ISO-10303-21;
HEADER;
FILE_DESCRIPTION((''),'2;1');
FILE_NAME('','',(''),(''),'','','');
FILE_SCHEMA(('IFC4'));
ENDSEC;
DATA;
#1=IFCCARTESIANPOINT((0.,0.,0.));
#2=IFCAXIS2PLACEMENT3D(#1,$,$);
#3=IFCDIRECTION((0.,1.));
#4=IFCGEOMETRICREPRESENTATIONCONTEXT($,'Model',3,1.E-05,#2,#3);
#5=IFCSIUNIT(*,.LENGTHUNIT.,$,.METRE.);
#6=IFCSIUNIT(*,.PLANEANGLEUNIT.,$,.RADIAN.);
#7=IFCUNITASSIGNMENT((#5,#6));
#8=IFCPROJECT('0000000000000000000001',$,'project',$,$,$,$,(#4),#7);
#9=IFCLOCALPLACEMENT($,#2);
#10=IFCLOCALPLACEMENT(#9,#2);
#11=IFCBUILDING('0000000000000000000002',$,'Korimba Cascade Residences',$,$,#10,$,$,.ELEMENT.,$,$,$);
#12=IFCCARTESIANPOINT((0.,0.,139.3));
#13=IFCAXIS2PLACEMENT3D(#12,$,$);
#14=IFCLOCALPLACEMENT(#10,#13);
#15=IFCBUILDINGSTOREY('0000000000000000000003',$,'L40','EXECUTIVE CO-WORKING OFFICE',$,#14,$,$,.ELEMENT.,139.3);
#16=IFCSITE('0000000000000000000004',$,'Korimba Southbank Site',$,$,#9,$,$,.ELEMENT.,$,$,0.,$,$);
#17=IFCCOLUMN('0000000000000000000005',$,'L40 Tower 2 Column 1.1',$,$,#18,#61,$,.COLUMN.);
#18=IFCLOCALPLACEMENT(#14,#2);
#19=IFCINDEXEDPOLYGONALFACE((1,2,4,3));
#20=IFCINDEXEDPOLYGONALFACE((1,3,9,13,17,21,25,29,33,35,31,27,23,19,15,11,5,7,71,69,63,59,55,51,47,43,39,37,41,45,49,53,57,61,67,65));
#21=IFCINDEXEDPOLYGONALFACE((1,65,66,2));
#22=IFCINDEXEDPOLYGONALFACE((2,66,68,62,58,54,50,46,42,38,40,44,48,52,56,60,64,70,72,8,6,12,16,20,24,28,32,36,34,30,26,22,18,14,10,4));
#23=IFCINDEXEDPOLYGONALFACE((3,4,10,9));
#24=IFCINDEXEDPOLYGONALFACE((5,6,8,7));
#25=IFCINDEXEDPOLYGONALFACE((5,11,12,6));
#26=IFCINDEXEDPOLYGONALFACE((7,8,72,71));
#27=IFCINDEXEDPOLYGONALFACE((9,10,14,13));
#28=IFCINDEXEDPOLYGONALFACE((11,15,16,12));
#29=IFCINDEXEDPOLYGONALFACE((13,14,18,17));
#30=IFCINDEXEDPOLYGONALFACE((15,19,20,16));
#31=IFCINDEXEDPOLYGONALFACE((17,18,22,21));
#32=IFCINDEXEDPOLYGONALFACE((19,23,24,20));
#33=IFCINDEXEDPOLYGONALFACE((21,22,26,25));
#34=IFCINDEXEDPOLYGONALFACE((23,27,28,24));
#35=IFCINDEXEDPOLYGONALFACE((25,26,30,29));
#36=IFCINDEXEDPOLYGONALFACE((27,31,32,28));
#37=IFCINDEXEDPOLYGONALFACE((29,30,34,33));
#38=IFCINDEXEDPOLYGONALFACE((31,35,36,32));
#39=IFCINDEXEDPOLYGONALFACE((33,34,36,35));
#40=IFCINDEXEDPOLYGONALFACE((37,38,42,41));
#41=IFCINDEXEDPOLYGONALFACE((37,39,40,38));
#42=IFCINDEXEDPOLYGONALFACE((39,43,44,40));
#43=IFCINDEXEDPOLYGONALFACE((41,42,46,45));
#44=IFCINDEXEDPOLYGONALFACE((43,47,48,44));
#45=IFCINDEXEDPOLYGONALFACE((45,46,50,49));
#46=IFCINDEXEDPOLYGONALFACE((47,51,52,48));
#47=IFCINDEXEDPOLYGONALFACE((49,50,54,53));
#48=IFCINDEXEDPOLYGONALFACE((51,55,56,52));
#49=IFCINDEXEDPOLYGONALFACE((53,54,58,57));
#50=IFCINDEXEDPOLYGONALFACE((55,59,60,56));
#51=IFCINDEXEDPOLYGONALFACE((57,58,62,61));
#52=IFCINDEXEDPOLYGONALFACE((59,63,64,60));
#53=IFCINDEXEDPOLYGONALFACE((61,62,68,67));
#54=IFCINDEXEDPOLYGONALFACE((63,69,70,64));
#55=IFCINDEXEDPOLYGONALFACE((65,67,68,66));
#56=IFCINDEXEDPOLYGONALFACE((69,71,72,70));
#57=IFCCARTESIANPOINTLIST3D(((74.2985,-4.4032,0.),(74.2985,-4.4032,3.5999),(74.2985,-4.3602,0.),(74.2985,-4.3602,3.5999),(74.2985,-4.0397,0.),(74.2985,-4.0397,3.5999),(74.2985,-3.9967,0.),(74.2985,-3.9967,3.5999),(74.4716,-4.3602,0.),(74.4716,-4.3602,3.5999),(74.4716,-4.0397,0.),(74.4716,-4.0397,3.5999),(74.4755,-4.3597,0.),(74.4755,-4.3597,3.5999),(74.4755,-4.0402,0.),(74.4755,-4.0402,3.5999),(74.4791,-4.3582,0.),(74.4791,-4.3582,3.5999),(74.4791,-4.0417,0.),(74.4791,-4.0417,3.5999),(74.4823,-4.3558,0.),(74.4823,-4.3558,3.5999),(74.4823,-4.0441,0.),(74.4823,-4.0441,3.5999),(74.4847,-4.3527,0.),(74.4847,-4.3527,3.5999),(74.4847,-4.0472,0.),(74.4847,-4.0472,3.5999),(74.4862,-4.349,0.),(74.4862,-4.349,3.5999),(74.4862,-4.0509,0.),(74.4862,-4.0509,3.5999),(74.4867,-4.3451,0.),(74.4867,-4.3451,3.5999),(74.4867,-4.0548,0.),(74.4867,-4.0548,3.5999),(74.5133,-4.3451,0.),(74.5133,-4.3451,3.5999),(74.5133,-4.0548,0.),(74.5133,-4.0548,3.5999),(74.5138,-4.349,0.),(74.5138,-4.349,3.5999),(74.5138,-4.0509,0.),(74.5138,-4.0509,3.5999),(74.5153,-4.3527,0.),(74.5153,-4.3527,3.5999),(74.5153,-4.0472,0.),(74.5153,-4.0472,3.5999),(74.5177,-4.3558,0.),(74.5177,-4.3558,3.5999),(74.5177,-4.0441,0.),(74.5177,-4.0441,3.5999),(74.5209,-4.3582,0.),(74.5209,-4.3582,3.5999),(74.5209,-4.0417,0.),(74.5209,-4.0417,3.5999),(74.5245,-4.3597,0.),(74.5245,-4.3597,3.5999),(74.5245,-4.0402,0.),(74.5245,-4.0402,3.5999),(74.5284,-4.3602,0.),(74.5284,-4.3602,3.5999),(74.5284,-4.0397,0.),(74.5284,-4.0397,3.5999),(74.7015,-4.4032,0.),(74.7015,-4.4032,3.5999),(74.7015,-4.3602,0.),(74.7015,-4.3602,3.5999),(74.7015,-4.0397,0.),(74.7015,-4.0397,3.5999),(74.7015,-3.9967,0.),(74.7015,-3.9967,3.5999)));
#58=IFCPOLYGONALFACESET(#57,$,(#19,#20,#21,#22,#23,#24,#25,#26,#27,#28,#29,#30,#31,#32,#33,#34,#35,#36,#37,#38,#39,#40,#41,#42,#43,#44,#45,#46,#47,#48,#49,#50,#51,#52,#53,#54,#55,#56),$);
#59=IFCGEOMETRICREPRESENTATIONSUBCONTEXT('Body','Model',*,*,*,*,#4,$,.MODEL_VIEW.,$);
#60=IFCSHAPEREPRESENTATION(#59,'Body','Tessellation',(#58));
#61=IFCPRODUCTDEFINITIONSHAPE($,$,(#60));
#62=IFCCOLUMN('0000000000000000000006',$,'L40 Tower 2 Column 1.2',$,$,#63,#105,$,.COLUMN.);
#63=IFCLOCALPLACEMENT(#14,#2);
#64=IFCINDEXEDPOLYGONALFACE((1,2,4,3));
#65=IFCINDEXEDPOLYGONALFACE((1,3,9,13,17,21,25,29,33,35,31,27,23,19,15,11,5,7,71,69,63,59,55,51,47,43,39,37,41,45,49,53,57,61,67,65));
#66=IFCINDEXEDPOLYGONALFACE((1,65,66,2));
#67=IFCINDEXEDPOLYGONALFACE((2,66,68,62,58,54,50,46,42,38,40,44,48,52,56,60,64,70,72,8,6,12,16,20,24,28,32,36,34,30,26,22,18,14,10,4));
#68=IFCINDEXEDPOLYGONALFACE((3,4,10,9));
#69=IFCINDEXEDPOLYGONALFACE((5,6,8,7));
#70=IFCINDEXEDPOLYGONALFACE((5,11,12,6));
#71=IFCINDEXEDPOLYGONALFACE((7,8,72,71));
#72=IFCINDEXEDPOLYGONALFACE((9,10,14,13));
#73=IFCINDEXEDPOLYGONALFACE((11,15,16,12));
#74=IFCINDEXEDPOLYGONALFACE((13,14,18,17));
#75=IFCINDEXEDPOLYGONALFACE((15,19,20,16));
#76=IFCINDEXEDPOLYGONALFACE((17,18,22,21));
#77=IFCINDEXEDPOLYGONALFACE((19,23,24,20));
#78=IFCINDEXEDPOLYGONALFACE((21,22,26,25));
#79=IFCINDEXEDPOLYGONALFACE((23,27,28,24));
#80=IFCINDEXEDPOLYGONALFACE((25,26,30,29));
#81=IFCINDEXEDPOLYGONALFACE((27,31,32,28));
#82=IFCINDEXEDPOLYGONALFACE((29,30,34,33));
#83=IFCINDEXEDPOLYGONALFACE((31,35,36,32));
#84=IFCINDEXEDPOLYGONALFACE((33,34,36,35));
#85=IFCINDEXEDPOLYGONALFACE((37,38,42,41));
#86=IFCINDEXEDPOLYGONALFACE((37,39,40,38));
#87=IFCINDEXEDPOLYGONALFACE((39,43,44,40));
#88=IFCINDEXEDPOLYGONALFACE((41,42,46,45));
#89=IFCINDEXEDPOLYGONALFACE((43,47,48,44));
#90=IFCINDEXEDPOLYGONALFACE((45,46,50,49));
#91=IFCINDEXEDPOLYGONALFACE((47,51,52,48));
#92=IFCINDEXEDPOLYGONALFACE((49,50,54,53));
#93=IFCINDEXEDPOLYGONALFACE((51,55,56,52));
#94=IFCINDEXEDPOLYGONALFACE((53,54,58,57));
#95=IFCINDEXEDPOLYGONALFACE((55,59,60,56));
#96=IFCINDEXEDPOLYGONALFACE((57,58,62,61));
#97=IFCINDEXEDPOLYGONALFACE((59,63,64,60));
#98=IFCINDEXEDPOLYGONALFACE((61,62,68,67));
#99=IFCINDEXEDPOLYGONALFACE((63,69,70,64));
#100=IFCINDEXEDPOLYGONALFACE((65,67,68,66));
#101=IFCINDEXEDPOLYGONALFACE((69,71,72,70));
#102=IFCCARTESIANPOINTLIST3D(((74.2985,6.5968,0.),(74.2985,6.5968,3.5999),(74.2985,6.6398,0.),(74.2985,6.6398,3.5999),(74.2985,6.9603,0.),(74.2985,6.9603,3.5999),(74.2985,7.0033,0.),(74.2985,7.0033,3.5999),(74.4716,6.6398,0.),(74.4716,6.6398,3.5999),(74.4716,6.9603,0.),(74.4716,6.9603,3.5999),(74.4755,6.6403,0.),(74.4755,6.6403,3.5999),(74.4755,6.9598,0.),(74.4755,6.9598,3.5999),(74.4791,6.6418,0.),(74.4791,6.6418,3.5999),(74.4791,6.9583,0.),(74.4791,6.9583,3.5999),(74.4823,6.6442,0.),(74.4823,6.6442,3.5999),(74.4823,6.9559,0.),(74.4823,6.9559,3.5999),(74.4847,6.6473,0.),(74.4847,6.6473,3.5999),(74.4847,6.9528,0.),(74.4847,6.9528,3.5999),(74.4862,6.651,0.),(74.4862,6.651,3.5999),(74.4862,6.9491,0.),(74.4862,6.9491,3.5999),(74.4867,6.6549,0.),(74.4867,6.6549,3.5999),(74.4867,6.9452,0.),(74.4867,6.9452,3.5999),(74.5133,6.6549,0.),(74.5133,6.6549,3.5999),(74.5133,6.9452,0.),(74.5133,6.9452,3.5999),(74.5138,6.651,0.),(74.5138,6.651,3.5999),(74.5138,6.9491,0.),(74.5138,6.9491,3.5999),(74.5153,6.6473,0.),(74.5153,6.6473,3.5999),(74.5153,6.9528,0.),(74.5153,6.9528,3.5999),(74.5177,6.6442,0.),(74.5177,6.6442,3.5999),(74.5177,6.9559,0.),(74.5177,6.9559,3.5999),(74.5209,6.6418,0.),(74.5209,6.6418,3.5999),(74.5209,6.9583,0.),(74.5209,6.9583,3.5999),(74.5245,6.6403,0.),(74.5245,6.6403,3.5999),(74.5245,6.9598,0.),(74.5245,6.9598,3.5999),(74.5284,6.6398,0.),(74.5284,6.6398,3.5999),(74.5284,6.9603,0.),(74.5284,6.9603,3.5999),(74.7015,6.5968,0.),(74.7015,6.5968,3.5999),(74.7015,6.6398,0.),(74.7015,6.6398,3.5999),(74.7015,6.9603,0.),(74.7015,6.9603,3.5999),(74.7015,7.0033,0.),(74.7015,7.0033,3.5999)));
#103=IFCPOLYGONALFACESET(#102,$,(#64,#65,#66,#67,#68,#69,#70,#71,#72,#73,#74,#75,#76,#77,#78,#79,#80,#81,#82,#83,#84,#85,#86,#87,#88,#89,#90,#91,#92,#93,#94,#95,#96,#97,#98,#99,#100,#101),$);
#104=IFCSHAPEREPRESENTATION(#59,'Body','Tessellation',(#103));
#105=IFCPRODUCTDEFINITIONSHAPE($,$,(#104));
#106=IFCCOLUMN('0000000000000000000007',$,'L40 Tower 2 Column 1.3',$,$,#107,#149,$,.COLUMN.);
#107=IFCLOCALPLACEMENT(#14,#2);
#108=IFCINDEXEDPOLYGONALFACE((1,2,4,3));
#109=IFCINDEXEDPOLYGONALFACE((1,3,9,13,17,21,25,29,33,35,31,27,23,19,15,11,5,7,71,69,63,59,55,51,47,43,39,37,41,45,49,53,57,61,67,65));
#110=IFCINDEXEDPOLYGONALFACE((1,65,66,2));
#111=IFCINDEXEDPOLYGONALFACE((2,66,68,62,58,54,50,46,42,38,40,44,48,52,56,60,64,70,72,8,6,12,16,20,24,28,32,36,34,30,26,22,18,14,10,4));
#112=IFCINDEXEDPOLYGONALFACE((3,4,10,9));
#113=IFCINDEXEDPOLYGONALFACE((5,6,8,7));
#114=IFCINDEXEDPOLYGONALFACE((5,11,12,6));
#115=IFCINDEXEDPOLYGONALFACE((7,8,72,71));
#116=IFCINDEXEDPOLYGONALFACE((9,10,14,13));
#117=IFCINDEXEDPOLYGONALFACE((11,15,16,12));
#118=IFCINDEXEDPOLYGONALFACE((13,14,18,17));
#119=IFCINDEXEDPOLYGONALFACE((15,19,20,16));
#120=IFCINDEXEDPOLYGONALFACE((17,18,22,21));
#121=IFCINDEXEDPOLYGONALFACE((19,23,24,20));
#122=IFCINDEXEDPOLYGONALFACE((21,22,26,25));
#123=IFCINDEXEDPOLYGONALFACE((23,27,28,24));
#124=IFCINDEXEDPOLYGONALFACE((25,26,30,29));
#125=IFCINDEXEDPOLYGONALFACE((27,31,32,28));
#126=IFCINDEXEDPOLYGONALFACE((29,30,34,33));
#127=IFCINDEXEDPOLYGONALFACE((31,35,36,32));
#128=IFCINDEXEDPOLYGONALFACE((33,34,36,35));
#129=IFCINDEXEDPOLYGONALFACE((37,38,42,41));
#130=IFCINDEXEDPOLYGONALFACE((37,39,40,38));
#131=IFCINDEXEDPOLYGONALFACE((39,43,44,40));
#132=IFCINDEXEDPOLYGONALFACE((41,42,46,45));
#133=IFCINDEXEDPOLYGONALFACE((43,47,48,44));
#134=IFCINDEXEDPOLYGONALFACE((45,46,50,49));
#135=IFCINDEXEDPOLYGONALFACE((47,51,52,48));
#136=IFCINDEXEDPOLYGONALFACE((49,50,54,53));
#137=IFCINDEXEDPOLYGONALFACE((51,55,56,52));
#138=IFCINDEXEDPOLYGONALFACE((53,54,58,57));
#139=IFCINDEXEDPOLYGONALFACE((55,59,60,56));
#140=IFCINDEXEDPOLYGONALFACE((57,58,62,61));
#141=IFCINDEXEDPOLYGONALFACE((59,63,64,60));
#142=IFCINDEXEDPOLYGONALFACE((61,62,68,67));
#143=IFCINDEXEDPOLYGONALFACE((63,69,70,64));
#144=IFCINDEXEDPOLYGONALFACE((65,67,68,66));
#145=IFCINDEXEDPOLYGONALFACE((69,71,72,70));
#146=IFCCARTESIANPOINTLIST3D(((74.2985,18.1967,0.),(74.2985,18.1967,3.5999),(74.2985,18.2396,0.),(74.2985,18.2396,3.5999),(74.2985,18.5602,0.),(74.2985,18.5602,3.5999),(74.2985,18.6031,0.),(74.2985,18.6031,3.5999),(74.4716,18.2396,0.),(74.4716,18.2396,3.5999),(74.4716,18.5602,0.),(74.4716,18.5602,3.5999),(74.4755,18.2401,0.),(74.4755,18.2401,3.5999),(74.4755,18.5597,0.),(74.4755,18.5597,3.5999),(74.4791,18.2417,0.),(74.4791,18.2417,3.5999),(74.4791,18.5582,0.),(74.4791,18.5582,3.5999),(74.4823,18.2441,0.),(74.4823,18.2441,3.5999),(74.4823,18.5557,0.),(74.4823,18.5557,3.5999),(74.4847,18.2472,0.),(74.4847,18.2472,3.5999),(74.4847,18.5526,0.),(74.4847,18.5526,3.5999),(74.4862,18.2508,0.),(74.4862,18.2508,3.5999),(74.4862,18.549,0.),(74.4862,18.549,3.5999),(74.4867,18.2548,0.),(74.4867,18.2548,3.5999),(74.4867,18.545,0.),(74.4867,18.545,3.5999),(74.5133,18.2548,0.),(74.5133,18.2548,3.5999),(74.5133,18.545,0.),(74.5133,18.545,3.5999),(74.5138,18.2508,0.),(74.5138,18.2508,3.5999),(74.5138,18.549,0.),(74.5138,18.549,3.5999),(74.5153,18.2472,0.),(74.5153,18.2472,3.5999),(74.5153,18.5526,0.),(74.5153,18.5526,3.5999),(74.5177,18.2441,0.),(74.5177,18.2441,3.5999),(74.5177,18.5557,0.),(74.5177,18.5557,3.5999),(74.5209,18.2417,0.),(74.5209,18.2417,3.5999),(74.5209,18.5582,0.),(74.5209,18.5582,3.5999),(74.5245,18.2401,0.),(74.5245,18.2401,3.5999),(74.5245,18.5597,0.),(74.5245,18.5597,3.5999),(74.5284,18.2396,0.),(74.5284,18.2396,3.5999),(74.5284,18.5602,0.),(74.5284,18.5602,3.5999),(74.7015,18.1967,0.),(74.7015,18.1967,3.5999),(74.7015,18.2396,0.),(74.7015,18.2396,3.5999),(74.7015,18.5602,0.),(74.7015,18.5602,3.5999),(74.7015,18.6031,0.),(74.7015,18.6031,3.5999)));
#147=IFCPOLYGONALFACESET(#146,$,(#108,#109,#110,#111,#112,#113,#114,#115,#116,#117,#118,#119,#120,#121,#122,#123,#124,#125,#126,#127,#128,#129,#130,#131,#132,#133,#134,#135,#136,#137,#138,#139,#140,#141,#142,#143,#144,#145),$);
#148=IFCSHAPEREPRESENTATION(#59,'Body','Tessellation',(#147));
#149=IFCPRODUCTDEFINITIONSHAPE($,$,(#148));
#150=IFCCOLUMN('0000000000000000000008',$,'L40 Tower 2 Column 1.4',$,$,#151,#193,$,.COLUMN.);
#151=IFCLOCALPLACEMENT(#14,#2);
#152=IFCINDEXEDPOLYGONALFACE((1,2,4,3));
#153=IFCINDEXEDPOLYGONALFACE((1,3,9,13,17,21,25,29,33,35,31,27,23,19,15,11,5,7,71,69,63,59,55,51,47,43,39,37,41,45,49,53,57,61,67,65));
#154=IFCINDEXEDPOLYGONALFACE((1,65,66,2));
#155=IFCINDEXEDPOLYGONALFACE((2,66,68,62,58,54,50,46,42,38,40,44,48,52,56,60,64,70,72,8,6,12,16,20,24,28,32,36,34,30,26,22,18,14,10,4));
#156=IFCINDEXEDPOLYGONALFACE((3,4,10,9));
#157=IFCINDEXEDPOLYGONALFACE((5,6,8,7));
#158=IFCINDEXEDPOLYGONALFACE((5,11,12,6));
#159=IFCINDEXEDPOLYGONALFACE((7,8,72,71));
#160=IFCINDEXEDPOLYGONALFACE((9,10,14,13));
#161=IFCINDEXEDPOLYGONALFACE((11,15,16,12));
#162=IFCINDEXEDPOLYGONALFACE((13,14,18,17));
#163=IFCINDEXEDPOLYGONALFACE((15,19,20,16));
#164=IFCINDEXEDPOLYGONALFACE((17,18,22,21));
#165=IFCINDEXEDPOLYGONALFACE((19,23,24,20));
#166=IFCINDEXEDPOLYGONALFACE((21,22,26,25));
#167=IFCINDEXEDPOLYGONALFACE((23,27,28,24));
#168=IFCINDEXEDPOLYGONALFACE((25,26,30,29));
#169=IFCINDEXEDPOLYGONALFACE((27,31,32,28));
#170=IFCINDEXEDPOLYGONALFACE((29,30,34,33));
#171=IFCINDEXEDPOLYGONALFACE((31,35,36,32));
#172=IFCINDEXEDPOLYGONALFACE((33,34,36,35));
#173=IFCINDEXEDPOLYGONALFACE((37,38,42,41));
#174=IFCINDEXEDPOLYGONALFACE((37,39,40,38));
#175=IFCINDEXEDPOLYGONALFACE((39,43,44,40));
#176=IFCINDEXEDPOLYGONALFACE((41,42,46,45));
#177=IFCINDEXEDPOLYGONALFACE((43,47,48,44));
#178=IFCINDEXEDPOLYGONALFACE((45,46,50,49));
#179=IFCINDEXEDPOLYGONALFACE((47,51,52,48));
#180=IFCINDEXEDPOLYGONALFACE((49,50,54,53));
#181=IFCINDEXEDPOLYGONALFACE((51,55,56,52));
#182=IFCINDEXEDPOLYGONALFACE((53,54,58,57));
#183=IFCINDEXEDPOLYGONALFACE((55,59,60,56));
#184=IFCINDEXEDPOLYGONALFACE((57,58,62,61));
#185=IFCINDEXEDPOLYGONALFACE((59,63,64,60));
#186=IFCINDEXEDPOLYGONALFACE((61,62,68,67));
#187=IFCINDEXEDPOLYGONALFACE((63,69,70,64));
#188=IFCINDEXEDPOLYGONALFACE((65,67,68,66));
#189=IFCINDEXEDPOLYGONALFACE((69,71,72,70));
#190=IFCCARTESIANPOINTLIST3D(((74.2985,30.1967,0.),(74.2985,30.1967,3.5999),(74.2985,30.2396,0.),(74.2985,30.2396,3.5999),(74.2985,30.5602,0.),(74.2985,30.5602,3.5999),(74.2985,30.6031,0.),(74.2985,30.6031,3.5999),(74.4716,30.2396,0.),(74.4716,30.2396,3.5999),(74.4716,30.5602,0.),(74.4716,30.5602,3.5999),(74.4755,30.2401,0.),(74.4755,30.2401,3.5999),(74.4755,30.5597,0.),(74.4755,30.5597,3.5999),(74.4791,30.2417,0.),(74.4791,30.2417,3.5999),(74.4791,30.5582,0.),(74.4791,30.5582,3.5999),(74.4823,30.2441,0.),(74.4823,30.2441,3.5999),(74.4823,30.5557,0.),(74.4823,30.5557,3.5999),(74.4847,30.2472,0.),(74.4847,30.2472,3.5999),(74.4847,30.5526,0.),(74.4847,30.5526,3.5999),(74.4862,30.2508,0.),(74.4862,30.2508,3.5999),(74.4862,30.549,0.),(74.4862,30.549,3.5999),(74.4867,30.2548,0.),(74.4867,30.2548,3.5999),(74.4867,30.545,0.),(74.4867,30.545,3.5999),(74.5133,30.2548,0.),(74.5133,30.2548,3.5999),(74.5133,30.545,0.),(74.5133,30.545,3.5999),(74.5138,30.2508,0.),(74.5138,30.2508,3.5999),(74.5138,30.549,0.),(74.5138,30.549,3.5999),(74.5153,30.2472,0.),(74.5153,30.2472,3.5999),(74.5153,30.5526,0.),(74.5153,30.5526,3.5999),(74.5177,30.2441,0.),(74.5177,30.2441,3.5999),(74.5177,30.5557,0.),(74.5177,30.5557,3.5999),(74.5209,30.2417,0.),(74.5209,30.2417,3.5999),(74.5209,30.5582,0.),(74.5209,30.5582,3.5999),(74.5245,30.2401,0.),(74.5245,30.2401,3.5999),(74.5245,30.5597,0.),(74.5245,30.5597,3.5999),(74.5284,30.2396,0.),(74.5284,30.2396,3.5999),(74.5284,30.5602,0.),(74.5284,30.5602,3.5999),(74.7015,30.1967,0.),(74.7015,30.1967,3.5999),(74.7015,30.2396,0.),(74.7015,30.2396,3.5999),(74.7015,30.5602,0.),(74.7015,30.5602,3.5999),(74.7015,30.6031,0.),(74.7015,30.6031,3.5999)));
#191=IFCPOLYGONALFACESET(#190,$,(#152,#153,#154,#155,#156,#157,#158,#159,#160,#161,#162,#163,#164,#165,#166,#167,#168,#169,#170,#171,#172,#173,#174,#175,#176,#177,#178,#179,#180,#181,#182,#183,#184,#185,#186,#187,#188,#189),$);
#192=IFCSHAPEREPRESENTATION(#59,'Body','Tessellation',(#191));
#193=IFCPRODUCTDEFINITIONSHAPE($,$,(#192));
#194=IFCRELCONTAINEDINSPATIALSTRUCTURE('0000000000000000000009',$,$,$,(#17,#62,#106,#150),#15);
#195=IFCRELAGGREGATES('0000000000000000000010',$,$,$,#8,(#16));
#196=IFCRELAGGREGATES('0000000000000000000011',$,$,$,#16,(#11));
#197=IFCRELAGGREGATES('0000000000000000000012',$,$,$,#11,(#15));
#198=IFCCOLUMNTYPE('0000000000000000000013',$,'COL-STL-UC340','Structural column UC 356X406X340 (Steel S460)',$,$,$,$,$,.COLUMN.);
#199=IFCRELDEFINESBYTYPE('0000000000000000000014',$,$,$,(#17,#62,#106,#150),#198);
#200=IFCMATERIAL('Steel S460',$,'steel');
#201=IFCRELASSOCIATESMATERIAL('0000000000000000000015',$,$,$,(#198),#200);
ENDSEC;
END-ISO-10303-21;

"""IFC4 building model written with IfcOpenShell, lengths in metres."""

from ifc_helpers import new_model, si_unit, direction, frame, origin, origin_2d, place, context, subcontext, project, spatial, i_section, extrude, material, material_profile, profile_set, type_object, element, save


model = new_model("IFC4")

# Units and contexts
model_context = context("Model", 3, precision=1e-05, world=origin(), true_north=direction((0.0, 1.0)))
body_context = subcontext(model_context, "Body", "Model", "MODEL_VIEW")
ifc_project = project(units=[si_unit("LENGTHUNIT", "METRE"), si_unit("PLANEANGLEUNIT", "RADIAN")], contexts=[model_context])

# Site, building, storey
site_placement = place(None, origin())
site = spatial("IfcSite", under=ifc_project, at=site_placement, Name="Korimba Southbank Site", CompositionType="ELEMENT", RefElevation=0.0)
building_placement = place(site_placement, origin())
building = spatial("IfcBuilding", under=site, at=building_placement, Name="Korimba Cascade Residences", CompositionType="ELEMENT")
storey_placement = place(building_placement, frame((0.0, 0.0, 139.3)))
storey = spatial("IfcBuildingStorey", under=building, at=storey_placement, Name="L40", Description="EXECUTIVE CO-WORKING OFFICE", CompositionType="ELEMENT", Elevation=139.3)

# Columns
ifc_material_1 = material(Name="Steel S460", Category="steel")
ifc_material_profile_1 = material_profile(ifc_material_1, i_section(OverallWidth=0.4031, OverallDepth=0.4065, WebThickness=0.0266, FlangeThickness=0.043, FilletRadius=0.0151, at=origin_2d()), Name="Steel S460")
ifc_profile_set_1 = profile_set([ifc_material_profile_1], Name="Steel S460")
column_type = type_object("IfcColumnType", Name="COL-STL-UC340", Description="Structural column UC 356X406X340 (Steel S460)", PredefinedType="COLUMN", material=ifc_profile_set_1)
for number, where, z_axis, x_axis, name in (
    (1, (74.5, -4.2, 0.0), (0.0, 0.0, 1.0), (1.0, 0.0, 0.0), "L40 Tower 2 Column 1.1"),
    (2, (74.5, 6.8, 0.0), (0.0, 0.0, 1.0), (1.0, 0.0, 0.0), "L40 Tower 2 Column 1.2"),
    (3, (74.5, 18.3999, 0.0), (0.0, 0.0, 1.0), (1.0, 0.0, 0.0), "L40 Tower 2 Column 1.3"),
    (4, (74.5, 30.3999, 0.0), (0.0, 0.0, 1.0), (1.0, 0.0, 0.0), "L40 Tower 2 Column 1.4"),
):
    element("IfcColumn", number, at=place(storey_placement, frame(where, z_axis=z_axis, x_axis=x_axis)), inside=storey, type_object=column_type, Name=name, PredefinedType="COLUMN", context=body_context, shape_type="SweptSolid", body=[
        extrude(i_section(OverallWidth=0.4031, OverallDepth=0.4065, WebThickness=0.0266, FlangeThickness=0.043, FilletRadius=0.0151, at=origin_2d()), origin(), (0.0, 0.0, 1.0), 3.5999),
    ])

save(model, "model.ifc")
